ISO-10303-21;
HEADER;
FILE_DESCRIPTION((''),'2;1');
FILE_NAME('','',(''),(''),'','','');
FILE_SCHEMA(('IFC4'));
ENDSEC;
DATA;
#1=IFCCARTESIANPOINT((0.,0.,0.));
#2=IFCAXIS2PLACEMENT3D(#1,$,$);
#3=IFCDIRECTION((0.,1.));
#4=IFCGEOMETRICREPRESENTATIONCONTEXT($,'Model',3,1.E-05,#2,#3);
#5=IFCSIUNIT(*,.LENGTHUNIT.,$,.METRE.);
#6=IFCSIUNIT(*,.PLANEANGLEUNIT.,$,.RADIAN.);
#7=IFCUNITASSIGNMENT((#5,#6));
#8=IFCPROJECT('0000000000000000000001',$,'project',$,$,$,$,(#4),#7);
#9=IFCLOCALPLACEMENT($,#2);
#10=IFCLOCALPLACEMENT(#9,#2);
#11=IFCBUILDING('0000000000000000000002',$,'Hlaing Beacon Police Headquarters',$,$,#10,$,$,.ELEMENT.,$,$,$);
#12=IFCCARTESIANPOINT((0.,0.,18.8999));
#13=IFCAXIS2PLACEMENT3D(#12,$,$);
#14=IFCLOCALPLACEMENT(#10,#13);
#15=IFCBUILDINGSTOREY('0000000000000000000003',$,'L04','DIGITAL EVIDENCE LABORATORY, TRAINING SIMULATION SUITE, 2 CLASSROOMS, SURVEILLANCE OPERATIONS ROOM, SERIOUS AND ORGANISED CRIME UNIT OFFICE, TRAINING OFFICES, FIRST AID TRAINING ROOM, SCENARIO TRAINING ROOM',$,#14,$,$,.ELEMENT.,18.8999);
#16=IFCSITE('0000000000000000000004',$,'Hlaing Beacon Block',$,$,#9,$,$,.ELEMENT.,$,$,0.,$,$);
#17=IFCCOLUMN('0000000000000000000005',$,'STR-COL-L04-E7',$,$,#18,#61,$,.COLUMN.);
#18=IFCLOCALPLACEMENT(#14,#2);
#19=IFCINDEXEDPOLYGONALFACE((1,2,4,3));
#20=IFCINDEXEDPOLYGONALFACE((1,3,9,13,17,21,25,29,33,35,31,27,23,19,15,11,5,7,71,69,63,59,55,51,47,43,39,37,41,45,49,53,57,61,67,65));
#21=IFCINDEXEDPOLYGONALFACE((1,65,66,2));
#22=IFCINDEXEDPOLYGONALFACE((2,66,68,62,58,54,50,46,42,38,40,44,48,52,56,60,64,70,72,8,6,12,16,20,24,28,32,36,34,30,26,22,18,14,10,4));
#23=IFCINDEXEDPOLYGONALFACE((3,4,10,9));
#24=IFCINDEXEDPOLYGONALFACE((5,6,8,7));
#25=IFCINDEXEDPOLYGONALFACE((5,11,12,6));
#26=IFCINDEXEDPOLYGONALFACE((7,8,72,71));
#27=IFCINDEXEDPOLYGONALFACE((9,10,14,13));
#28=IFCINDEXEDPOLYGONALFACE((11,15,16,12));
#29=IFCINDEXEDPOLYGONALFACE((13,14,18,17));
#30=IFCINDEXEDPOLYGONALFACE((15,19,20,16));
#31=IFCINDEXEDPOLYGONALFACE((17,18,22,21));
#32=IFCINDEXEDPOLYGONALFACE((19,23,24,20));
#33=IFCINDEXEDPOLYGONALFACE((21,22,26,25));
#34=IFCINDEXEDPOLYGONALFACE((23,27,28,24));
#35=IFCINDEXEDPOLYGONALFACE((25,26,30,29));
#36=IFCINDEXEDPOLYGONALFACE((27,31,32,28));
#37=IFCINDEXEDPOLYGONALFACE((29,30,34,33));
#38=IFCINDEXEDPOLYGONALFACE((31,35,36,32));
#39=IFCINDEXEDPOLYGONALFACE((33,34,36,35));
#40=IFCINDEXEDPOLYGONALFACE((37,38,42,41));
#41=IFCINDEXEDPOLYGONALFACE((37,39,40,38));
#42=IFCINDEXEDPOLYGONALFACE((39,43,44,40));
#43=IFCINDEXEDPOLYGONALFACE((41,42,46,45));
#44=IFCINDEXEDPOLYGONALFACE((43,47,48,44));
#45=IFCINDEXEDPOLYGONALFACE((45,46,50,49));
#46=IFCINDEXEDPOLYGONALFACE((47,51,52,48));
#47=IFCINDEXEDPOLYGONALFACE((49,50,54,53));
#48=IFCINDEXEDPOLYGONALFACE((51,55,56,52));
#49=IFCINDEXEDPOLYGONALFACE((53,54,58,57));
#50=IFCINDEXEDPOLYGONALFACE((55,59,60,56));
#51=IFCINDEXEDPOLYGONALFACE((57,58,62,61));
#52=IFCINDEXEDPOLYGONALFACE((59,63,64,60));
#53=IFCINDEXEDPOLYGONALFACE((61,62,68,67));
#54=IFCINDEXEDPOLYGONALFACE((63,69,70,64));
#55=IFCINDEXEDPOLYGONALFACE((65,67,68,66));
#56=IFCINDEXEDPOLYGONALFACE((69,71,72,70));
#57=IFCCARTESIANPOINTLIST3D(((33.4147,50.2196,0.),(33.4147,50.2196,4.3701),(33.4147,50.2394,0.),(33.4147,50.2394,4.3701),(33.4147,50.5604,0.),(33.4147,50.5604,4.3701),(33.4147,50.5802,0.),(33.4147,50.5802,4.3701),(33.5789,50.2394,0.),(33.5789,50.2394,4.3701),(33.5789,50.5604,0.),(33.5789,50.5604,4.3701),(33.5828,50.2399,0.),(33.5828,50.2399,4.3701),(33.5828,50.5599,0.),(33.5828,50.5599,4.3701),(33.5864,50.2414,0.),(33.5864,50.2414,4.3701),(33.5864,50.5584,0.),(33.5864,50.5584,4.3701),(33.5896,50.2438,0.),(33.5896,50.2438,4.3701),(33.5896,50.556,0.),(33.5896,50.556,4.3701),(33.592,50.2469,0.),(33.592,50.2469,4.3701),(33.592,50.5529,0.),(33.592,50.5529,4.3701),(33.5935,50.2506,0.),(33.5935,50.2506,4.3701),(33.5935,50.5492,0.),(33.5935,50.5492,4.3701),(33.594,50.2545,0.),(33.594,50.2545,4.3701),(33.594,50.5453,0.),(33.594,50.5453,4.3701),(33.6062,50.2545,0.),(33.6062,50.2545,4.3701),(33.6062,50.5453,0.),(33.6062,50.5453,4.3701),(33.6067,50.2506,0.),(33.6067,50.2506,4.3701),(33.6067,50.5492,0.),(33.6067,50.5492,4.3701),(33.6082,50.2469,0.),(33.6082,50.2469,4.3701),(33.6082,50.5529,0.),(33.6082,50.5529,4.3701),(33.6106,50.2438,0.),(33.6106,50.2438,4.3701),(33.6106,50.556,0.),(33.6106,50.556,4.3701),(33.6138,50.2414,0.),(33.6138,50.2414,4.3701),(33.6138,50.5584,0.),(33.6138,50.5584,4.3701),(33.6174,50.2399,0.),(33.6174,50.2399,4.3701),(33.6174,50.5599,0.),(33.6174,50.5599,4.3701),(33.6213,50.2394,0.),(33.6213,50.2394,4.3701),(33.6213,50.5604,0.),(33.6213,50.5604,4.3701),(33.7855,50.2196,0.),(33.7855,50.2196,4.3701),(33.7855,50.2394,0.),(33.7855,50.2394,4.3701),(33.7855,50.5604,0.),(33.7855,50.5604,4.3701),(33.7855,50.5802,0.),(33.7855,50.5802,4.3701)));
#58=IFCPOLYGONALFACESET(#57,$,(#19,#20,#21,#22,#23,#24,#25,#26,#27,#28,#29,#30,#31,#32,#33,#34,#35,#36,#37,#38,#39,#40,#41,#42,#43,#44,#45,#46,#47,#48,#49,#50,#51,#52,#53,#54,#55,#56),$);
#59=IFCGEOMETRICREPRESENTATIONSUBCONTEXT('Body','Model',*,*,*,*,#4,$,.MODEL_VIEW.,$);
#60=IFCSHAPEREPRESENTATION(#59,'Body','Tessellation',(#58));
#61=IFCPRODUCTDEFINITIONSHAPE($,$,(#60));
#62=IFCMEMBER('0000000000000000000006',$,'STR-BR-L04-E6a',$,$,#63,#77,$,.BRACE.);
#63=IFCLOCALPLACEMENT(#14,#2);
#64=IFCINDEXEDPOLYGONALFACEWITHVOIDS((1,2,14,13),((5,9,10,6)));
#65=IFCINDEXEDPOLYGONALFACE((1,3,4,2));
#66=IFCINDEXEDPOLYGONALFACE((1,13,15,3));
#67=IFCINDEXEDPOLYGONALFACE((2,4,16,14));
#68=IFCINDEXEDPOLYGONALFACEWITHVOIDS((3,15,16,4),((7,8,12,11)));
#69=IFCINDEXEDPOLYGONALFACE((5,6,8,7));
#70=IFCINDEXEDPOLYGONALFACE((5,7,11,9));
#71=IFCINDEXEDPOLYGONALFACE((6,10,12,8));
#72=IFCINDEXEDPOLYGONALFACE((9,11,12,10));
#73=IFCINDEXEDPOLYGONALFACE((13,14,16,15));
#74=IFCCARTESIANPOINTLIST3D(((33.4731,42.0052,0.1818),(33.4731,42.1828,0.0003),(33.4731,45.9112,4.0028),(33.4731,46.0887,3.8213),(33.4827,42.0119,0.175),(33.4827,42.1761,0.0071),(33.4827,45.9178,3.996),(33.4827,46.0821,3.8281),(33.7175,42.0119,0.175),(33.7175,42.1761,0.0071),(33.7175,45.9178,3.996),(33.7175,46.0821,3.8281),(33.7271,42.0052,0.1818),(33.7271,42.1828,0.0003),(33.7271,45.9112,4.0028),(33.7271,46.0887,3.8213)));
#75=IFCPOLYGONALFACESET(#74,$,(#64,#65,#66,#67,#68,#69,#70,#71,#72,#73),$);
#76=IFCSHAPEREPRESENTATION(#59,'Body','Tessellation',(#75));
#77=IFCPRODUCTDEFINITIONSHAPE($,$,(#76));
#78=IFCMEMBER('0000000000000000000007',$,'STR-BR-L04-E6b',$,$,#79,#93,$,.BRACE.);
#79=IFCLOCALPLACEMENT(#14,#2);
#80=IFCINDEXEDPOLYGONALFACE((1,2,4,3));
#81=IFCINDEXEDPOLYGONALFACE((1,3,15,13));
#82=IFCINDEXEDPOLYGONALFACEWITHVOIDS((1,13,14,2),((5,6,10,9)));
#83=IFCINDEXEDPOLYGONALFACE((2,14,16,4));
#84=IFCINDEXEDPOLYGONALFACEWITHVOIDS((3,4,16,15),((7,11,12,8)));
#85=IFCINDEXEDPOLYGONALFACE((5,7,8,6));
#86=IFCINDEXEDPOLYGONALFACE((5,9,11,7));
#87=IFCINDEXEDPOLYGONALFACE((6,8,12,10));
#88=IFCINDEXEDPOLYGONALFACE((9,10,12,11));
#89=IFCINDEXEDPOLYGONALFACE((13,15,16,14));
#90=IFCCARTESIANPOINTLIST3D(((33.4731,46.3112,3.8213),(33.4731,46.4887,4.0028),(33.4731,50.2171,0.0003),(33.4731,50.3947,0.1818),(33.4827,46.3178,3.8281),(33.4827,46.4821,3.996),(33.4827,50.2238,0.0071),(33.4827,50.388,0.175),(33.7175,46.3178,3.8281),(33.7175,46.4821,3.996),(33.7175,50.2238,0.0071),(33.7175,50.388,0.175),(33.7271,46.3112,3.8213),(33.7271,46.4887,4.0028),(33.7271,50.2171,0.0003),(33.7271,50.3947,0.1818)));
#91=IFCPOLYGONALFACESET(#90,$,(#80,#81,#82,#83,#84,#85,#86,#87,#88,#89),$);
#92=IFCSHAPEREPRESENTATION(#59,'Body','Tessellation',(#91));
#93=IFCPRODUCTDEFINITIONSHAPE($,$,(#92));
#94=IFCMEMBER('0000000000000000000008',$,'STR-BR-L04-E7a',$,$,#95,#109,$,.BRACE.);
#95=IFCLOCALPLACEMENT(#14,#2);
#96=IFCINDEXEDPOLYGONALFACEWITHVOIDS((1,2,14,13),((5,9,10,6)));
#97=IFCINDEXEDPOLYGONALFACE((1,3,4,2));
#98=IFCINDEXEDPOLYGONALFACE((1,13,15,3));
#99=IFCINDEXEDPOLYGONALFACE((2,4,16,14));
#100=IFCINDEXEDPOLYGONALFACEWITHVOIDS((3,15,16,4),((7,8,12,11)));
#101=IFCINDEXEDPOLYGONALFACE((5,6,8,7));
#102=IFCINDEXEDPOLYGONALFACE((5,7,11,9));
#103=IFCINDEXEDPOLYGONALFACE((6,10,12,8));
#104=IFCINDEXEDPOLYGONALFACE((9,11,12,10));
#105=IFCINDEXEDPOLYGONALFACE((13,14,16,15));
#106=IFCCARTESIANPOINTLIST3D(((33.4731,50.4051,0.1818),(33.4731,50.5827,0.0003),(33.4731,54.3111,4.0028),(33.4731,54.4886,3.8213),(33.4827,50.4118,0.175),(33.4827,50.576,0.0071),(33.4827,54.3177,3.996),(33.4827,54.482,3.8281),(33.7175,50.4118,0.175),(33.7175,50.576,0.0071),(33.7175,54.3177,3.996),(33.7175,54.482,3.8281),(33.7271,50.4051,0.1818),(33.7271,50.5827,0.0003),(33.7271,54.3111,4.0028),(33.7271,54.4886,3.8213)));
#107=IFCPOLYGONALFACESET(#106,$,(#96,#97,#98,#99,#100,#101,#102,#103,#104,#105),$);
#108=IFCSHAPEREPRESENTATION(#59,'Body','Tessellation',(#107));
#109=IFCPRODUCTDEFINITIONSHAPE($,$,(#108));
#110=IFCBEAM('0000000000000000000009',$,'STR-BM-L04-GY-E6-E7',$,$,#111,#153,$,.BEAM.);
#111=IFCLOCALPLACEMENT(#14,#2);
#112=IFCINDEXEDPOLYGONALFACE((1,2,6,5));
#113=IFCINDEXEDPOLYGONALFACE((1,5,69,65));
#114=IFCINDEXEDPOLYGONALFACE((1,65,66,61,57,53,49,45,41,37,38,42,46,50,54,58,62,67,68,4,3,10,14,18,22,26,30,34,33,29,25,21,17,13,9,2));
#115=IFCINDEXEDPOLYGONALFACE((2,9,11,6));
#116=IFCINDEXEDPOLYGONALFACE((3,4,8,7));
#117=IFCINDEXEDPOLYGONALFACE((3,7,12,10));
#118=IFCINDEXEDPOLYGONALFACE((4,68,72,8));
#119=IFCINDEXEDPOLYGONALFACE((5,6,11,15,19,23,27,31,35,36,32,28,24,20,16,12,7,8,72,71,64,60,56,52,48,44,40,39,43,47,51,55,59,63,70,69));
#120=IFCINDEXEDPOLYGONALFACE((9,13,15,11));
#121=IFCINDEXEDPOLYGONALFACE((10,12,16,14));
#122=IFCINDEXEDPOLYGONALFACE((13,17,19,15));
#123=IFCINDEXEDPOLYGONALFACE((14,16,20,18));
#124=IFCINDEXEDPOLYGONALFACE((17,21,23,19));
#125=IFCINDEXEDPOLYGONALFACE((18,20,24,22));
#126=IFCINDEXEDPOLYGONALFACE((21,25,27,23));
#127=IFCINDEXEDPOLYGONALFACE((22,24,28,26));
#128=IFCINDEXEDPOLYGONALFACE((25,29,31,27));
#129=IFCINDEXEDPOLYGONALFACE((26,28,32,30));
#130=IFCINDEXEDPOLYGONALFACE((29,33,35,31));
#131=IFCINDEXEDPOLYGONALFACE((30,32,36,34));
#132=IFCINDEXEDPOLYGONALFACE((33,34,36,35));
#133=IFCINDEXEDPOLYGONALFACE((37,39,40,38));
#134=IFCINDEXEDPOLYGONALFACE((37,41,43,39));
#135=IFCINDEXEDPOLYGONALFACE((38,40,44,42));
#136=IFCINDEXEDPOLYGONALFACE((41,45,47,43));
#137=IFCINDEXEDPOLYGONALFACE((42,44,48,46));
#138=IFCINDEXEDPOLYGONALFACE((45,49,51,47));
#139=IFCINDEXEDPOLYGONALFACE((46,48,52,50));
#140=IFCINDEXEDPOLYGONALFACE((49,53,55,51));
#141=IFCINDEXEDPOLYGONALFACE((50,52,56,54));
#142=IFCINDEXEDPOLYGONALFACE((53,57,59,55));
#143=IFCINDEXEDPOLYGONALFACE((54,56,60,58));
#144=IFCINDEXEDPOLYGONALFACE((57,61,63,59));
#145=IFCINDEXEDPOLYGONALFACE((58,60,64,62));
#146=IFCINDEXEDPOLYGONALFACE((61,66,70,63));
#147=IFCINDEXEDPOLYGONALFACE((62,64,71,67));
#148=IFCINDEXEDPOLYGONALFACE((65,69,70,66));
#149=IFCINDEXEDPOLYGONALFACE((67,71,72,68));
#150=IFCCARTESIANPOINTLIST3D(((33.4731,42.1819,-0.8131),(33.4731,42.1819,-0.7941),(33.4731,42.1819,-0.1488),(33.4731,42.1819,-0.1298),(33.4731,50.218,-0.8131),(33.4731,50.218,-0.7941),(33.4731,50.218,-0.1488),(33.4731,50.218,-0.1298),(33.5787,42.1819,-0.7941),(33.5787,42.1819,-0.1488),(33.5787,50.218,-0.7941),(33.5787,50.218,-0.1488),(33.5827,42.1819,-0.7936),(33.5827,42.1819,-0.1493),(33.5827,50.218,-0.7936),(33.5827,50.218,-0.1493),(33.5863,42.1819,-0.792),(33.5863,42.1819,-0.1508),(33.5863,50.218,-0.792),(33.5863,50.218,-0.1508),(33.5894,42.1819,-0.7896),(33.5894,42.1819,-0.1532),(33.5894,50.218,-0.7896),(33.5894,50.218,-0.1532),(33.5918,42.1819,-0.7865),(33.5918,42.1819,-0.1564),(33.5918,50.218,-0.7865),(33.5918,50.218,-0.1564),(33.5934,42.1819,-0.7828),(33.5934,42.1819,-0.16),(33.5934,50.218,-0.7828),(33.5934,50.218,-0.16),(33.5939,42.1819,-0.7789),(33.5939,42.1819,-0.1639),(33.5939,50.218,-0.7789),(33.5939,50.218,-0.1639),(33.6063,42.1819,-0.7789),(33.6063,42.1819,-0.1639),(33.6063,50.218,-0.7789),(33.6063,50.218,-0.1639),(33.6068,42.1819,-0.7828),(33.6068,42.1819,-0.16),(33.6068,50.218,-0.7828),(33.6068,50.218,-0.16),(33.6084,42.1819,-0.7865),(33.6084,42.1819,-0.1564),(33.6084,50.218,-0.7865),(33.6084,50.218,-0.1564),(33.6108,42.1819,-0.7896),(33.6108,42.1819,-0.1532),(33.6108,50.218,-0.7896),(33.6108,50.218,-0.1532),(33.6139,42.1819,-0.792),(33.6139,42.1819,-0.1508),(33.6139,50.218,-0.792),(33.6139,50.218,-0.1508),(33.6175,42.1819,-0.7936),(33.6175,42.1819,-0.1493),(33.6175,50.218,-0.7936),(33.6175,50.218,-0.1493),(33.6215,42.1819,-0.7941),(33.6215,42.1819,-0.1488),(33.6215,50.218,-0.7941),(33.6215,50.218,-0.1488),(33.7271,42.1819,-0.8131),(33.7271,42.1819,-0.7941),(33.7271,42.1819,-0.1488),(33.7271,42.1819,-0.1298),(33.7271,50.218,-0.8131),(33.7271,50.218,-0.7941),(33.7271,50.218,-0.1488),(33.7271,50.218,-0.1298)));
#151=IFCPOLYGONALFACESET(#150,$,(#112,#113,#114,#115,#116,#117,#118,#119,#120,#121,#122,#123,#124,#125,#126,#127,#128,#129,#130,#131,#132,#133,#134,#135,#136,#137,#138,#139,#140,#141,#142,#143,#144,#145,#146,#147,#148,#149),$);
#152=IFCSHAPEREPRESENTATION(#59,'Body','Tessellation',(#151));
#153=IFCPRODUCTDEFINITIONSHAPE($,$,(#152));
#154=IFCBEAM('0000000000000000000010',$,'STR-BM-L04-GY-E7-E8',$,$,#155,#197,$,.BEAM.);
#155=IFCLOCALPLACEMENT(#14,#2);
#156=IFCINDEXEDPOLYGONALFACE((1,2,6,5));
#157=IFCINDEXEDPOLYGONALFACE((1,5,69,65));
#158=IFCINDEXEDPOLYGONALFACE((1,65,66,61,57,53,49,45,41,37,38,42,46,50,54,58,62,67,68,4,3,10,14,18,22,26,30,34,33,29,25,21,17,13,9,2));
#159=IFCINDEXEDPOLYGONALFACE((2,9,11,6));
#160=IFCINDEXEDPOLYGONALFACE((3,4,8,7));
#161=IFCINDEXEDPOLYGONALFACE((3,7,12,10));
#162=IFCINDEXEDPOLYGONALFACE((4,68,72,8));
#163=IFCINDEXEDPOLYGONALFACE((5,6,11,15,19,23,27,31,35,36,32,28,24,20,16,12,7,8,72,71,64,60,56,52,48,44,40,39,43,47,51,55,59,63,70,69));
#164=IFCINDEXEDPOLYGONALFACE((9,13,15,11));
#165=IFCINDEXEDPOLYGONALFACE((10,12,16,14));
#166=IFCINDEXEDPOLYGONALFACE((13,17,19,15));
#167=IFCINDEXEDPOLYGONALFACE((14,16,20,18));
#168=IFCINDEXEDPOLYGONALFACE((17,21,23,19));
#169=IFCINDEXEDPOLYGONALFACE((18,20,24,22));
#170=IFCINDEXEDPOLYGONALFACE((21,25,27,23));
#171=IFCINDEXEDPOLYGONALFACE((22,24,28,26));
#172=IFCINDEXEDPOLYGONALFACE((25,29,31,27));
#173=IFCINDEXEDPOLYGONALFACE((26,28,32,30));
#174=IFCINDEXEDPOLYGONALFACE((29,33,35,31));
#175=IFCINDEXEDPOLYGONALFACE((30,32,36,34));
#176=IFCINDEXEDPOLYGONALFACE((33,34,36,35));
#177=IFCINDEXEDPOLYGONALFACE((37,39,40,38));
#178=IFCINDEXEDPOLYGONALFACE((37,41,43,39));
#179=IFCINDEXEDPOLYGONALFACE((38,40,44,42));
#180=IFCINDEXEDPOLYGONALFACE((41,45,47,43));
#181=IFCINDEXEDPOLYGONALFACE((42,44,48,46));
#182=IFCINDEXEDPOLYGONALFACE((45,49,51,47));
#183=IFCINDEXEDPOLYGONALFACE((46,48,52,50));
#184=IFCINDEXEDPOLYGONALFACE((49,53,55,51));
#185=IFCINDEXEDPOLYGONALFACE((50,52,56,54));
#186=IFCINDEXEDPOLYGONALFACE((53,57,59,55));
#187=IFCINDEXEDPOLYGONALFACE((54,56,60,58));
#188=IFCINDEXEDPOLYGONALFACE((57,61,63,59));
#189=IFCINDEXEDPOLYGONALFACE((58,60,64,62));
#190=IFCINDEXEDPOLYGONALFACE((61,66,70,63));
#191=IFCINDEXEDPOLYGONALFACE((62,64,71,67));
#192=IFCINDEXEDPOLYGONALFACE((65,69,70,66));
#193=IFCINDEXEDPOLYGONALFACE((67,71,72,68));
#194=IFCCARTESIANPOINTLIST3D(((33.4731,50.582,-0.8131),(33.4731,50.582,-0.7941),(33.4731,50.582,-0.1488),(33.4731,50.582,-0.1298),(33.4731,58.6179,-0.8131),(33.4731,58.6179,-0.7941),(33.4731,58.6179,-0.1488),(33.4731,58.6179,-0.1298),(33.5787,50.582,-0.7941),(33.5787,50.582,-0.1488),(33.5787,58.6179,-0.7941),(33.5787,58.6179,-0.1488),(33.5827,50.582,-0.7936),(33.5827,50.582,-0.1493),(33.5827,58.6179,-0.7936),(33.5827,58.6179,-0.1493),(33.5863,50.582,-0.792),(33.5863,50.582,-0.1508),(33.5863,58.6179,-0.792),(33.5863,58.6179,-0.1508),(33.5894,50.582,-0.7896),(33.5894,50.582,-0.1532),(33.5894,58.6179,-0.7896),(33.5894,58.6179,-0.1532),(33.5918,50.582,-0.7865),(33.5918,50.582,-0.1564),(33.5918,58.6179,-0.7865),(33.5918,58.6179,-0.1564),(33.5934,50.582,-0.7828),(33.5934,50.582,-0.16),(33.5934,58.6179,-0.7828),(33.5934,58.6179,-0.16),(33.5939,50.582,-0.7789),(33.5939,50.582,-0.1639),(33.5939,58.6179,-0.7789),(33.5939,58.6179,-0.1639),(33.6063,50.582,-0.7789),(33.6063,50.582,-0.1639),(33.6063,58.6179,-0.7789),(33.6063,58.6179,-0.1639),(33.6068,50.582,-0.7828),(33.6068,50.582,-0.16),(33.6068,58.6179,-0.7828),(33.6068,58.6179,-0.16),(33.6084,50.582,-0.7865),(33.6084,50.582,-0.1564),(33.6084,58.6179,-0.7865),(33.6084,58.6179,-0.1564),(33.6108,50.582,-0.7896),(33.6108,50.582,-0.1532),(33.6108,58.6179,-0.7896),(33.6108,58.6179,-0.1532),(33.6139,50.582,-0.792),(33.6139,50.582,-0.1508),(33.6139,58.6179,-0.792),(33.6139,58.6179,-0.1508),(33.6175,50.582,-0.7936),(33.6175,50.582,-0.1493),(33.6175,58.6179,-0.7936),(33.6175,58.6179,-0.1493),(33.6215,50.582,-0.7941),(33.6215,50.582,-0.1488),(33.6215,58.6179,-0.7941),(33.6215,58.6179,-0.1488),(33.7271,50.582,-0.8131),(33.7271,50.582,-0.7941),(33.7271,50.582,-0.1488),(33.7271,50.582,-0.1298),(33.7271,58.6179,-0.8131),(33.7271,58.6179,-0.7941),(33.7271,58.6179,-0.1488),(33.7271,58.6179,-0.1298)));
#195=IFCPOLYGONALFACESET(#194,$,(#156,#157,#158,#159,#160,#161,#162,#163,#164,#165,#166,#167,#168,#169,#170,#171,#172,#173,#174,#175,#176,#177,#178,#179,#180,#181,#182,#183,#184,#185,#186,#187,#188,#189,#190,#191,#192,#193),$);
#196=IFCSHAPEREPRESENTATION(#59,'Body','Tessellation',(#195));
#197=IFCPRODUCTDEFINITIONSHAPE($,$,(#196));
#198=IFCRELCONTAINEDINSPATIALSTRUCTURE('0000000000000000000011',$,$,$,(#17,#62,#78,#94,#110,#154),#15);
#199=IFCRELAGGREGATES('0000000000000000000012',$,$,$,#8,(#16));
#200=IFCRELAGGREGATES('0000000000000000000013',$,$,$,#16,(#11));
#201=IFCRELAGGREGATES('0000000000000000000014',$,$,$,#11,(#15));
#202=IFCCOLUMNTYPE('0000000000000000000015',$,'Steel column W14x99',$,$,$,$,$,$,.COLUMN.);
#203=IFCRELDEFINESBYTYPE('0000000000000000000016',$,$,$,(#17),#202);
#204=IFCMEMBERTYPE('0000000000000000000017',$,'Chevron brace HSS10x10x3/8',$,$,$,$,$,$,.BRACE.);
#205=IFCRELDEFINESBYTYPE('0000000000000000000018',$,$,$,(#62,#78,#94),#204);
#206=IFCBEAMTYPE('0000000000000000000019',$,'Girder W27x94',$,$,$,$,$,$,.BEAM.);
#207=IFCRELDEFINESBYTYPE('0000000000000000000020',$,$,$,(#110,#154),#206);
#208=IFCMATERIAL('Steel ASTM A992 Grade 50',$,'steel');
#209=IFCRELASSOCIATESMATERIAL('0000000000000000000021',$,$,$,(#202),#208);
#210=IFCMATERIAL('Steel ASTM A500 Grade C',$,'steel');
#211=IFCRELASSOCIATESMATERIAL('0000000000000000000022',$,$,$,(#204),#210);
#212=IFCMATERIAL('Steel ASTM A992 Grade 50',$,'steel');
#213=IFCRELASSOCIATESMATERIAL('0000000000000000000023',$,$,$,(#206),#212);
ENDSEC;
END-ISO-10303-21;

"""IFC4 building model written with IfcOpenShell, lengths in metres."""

from ifc_helpers import new_model, si_unit, direction, frame, origin, origin_2d, place, context, subcontext, project, spatial, hollow_rectangle, i_section, extrude, material, material_profile, profile_set, type_object, element, save


model = new_model("IFC4")

# Units and contexts
model_context = context("Model", 3, precision=1e-05, world=origin(), true_north=direction((0.0, 1.0)))
body_context = subcontext(model_context, "Body", "Model", "MODEL_VIEW")
ifc_project = project(units=[si_unit("LENGTHUNIT", "METRE"), si_unit("PLANEANGLEUNIT", "RADIAN")], contexts=[model_context])

# Site, building, storey
site_placement = place(None, origin())
site = spatial("IfcSite", under=ifc_project, at=site_placement, Name="Hlaing Beacon Block", CompositionType="ELEMENT", RefElevation=0.0)
building_placement = place(site_placement, origin())
building = spatial("IfcBuilding", under=site, at=building_placement, Name="Hlaing Beacon Police Headquarters", CompositionType="ELEMENT")
storey_placement = place(building_placement, frame((0.0, 0.0, 18.8999)))
storey = spatial("IfcBuildingStorey", under=building, at=storey_placement, Name="L04", Description="DIGITAL EVIDENCE LABORATORY, TRAINING SIMULATION SUITE, 2 CLASSROOMS, SURVEILLANCE OPERATIONS ROOM, SERIOUS AND ORGANISED CRIME UNIT OFFICE, TRAINING OFFICES, FIRST AID TRAINING ROOM, SCENARIO TRAINING ROOM", CompositionType="ELEMENT", Elevation=18.8999)

# Column
ifc_material_1 = material(Name="Steel ASTM A992 Grade 50", Category="steel")
ifc_material_profile_1 = material_profile(ifc_material_1, i_section(OverallWidth=0.3708, OverallDepth=0.3606, WebThickness=0.0122, FlangeThickness=0.0198, FilletRadius=0.0151, at=origin_2d()), Name="W14x99")
ifc_profile_set_1 = profile_set([ifc_material_profile_1], Name="Steel ASTM A992 Grade 50")
column_type = type_object("IfcColumnType", Name="Steel column W14x99", PredefinedType="COLUMN", material=ifc_profile_set_1)
column_placement = place(storey_placement, frame((33.6001, 50.3999, 0.0), z_axis=(0.0, 0.0, 1.0), x_axis=(1.0, 0.0, 0.0)))
element("IfcColumn", 1, at=column_placement, inside=storey, type_object=column_type, Name="STR-COL-L04-E7", PredefinedType="COLUMN", context=body_context, shape_type="SweptSolid", body=[
    extrude(i_section(OverallWidth=0.3708, OverallDepth=0.3606, WebThickness=0.0122, FlangeThickness=0.0198, FilletRadius=0.0151, at=origin_2d()), origin(), (0.0, 0.0, 1.0), 4.3701),
])

# Members
ifc_material_2 = material(Name="Steel ASTM A500 Grade C", Category="steel")
ifc_material_profile_2 = material_profile(ifc_material_2, hollow_rectangle(XDim=0.2539, YDim=0.2539, WallThickness=0.0095, at=origin_2d()), Name="HSS10x10x3/8")
ifc_profile_set_2 = profile_set([ifc_material_profile_2], Name="Steel ASTM A500 Grade C")
member_type = type_object("IfcMemberType", Name="Chevron brace HSS10x10x3/8", PredefinedType="BRACE", material=ifc_profile_set_2)
for number, where, z_axis, x_axis, name in (
    (2, (33.6001, 42.094, 0.0911), (0.0, 0.714838, 0.69929), (-1.0, 0.0, 0.0), "STR-BR-L04-E6a"),
    (3, (33.6001, 50.3059, 0.0911), (0.0, -0.714838, 0.69929), (1.0, 0.0, 0.0), "STR-BR-L04-E6b"),
    (4, (33.6001, 50.4939, 0.0911), (0.0, 0.714838, 0.69929), (-1.0, 0.0, 0.0), "STR-BR-L04-E7a"),
):
    element("IfcMember", number, at=place(storey_placement, frame(where, z_axis=z_axis, x_axis=x_axis)), inside=storey, type_object=member_type, Name=name, PredefinedType="BRACE", context=body_context, shape_type="SweptSolid", body=[
        extrude(hollow_rectangle(XDim=0.2539, YDim=0.2539, WallThickness=0.0095, at=origin_2d()), origin(), (0.0, 0.0, 1.0), 5.4641),
    ])

# Beams
ifc_material_3 = material(Name="Steel ASTM A992 Grade 50", Category="steel")
ifc_material_profile_3 = material_profile(ifc_material_3, i_section(OverallWidth=0.2539, OverallDepth=0.6833, WebThickness=0.0125, FlangeThickness=0.019, FilletRadius=0.0151, at=origin_2d()), Name="W27x94")
ifc_profile_set_3 = profile_set([ifc_material_profile_3], Name="Steel ASTM A992 Grade 50")
beam_type_1 = type_object("IfcBeamType", Name="Girder W27x94", PredefinedType="BEAM", material=ifc_profile_set_3)
beam_1_placement = place(storey_placement, frame((33.6001, 42.1819, -0.4714), z_axis=(0.0, 1.0, 0.0), x_axis=(-1.0, 0.0, 0.0)))
element("IfcBeam", 5, at=beam_1_placement, inside=storey, type_object=beam_type_1, Name="STR-BM-L04-GY-E6-E7", PredefinedType="BEAM", context=body_context, shape_type="SweptSolid", body=[
    extrude(i_section(OverallWidth=0.2539, OverallDepth=0.6833, WebThickness=0.0125, FlangeThickness=0.019, FilletRadius=0.0151, at=origin_2d()), origin(), (0.0, 0.0, 1.0), 8.0361),
])
beam_2_placement = place(storey_placement, frame((33.6001, 50.582, -0.4714), z_axis=(0.0, 1.0, 0.0), x_axis=(-1.0, 0.0, 0.0)))
element("IfcBeam", 6, at=beam_2_placement, inside=storey, type_object=beam_type_1, Name="STR-BM-L04-GY-E7-E8", PredefinedType="BEAM", context=body_context, shape_type="SweptSolid", body=[
    extrude(i_section(OverallWidth=0.2539, OverallDepth=0.6833, WebThickness=0.0125, FlangeThickness=0.019, FilletRadius=0.0151, at=origin_2d()), origin(), (0.0, 0.0, 1.0), 8.0359),
])

save(model, "model.ifc")
